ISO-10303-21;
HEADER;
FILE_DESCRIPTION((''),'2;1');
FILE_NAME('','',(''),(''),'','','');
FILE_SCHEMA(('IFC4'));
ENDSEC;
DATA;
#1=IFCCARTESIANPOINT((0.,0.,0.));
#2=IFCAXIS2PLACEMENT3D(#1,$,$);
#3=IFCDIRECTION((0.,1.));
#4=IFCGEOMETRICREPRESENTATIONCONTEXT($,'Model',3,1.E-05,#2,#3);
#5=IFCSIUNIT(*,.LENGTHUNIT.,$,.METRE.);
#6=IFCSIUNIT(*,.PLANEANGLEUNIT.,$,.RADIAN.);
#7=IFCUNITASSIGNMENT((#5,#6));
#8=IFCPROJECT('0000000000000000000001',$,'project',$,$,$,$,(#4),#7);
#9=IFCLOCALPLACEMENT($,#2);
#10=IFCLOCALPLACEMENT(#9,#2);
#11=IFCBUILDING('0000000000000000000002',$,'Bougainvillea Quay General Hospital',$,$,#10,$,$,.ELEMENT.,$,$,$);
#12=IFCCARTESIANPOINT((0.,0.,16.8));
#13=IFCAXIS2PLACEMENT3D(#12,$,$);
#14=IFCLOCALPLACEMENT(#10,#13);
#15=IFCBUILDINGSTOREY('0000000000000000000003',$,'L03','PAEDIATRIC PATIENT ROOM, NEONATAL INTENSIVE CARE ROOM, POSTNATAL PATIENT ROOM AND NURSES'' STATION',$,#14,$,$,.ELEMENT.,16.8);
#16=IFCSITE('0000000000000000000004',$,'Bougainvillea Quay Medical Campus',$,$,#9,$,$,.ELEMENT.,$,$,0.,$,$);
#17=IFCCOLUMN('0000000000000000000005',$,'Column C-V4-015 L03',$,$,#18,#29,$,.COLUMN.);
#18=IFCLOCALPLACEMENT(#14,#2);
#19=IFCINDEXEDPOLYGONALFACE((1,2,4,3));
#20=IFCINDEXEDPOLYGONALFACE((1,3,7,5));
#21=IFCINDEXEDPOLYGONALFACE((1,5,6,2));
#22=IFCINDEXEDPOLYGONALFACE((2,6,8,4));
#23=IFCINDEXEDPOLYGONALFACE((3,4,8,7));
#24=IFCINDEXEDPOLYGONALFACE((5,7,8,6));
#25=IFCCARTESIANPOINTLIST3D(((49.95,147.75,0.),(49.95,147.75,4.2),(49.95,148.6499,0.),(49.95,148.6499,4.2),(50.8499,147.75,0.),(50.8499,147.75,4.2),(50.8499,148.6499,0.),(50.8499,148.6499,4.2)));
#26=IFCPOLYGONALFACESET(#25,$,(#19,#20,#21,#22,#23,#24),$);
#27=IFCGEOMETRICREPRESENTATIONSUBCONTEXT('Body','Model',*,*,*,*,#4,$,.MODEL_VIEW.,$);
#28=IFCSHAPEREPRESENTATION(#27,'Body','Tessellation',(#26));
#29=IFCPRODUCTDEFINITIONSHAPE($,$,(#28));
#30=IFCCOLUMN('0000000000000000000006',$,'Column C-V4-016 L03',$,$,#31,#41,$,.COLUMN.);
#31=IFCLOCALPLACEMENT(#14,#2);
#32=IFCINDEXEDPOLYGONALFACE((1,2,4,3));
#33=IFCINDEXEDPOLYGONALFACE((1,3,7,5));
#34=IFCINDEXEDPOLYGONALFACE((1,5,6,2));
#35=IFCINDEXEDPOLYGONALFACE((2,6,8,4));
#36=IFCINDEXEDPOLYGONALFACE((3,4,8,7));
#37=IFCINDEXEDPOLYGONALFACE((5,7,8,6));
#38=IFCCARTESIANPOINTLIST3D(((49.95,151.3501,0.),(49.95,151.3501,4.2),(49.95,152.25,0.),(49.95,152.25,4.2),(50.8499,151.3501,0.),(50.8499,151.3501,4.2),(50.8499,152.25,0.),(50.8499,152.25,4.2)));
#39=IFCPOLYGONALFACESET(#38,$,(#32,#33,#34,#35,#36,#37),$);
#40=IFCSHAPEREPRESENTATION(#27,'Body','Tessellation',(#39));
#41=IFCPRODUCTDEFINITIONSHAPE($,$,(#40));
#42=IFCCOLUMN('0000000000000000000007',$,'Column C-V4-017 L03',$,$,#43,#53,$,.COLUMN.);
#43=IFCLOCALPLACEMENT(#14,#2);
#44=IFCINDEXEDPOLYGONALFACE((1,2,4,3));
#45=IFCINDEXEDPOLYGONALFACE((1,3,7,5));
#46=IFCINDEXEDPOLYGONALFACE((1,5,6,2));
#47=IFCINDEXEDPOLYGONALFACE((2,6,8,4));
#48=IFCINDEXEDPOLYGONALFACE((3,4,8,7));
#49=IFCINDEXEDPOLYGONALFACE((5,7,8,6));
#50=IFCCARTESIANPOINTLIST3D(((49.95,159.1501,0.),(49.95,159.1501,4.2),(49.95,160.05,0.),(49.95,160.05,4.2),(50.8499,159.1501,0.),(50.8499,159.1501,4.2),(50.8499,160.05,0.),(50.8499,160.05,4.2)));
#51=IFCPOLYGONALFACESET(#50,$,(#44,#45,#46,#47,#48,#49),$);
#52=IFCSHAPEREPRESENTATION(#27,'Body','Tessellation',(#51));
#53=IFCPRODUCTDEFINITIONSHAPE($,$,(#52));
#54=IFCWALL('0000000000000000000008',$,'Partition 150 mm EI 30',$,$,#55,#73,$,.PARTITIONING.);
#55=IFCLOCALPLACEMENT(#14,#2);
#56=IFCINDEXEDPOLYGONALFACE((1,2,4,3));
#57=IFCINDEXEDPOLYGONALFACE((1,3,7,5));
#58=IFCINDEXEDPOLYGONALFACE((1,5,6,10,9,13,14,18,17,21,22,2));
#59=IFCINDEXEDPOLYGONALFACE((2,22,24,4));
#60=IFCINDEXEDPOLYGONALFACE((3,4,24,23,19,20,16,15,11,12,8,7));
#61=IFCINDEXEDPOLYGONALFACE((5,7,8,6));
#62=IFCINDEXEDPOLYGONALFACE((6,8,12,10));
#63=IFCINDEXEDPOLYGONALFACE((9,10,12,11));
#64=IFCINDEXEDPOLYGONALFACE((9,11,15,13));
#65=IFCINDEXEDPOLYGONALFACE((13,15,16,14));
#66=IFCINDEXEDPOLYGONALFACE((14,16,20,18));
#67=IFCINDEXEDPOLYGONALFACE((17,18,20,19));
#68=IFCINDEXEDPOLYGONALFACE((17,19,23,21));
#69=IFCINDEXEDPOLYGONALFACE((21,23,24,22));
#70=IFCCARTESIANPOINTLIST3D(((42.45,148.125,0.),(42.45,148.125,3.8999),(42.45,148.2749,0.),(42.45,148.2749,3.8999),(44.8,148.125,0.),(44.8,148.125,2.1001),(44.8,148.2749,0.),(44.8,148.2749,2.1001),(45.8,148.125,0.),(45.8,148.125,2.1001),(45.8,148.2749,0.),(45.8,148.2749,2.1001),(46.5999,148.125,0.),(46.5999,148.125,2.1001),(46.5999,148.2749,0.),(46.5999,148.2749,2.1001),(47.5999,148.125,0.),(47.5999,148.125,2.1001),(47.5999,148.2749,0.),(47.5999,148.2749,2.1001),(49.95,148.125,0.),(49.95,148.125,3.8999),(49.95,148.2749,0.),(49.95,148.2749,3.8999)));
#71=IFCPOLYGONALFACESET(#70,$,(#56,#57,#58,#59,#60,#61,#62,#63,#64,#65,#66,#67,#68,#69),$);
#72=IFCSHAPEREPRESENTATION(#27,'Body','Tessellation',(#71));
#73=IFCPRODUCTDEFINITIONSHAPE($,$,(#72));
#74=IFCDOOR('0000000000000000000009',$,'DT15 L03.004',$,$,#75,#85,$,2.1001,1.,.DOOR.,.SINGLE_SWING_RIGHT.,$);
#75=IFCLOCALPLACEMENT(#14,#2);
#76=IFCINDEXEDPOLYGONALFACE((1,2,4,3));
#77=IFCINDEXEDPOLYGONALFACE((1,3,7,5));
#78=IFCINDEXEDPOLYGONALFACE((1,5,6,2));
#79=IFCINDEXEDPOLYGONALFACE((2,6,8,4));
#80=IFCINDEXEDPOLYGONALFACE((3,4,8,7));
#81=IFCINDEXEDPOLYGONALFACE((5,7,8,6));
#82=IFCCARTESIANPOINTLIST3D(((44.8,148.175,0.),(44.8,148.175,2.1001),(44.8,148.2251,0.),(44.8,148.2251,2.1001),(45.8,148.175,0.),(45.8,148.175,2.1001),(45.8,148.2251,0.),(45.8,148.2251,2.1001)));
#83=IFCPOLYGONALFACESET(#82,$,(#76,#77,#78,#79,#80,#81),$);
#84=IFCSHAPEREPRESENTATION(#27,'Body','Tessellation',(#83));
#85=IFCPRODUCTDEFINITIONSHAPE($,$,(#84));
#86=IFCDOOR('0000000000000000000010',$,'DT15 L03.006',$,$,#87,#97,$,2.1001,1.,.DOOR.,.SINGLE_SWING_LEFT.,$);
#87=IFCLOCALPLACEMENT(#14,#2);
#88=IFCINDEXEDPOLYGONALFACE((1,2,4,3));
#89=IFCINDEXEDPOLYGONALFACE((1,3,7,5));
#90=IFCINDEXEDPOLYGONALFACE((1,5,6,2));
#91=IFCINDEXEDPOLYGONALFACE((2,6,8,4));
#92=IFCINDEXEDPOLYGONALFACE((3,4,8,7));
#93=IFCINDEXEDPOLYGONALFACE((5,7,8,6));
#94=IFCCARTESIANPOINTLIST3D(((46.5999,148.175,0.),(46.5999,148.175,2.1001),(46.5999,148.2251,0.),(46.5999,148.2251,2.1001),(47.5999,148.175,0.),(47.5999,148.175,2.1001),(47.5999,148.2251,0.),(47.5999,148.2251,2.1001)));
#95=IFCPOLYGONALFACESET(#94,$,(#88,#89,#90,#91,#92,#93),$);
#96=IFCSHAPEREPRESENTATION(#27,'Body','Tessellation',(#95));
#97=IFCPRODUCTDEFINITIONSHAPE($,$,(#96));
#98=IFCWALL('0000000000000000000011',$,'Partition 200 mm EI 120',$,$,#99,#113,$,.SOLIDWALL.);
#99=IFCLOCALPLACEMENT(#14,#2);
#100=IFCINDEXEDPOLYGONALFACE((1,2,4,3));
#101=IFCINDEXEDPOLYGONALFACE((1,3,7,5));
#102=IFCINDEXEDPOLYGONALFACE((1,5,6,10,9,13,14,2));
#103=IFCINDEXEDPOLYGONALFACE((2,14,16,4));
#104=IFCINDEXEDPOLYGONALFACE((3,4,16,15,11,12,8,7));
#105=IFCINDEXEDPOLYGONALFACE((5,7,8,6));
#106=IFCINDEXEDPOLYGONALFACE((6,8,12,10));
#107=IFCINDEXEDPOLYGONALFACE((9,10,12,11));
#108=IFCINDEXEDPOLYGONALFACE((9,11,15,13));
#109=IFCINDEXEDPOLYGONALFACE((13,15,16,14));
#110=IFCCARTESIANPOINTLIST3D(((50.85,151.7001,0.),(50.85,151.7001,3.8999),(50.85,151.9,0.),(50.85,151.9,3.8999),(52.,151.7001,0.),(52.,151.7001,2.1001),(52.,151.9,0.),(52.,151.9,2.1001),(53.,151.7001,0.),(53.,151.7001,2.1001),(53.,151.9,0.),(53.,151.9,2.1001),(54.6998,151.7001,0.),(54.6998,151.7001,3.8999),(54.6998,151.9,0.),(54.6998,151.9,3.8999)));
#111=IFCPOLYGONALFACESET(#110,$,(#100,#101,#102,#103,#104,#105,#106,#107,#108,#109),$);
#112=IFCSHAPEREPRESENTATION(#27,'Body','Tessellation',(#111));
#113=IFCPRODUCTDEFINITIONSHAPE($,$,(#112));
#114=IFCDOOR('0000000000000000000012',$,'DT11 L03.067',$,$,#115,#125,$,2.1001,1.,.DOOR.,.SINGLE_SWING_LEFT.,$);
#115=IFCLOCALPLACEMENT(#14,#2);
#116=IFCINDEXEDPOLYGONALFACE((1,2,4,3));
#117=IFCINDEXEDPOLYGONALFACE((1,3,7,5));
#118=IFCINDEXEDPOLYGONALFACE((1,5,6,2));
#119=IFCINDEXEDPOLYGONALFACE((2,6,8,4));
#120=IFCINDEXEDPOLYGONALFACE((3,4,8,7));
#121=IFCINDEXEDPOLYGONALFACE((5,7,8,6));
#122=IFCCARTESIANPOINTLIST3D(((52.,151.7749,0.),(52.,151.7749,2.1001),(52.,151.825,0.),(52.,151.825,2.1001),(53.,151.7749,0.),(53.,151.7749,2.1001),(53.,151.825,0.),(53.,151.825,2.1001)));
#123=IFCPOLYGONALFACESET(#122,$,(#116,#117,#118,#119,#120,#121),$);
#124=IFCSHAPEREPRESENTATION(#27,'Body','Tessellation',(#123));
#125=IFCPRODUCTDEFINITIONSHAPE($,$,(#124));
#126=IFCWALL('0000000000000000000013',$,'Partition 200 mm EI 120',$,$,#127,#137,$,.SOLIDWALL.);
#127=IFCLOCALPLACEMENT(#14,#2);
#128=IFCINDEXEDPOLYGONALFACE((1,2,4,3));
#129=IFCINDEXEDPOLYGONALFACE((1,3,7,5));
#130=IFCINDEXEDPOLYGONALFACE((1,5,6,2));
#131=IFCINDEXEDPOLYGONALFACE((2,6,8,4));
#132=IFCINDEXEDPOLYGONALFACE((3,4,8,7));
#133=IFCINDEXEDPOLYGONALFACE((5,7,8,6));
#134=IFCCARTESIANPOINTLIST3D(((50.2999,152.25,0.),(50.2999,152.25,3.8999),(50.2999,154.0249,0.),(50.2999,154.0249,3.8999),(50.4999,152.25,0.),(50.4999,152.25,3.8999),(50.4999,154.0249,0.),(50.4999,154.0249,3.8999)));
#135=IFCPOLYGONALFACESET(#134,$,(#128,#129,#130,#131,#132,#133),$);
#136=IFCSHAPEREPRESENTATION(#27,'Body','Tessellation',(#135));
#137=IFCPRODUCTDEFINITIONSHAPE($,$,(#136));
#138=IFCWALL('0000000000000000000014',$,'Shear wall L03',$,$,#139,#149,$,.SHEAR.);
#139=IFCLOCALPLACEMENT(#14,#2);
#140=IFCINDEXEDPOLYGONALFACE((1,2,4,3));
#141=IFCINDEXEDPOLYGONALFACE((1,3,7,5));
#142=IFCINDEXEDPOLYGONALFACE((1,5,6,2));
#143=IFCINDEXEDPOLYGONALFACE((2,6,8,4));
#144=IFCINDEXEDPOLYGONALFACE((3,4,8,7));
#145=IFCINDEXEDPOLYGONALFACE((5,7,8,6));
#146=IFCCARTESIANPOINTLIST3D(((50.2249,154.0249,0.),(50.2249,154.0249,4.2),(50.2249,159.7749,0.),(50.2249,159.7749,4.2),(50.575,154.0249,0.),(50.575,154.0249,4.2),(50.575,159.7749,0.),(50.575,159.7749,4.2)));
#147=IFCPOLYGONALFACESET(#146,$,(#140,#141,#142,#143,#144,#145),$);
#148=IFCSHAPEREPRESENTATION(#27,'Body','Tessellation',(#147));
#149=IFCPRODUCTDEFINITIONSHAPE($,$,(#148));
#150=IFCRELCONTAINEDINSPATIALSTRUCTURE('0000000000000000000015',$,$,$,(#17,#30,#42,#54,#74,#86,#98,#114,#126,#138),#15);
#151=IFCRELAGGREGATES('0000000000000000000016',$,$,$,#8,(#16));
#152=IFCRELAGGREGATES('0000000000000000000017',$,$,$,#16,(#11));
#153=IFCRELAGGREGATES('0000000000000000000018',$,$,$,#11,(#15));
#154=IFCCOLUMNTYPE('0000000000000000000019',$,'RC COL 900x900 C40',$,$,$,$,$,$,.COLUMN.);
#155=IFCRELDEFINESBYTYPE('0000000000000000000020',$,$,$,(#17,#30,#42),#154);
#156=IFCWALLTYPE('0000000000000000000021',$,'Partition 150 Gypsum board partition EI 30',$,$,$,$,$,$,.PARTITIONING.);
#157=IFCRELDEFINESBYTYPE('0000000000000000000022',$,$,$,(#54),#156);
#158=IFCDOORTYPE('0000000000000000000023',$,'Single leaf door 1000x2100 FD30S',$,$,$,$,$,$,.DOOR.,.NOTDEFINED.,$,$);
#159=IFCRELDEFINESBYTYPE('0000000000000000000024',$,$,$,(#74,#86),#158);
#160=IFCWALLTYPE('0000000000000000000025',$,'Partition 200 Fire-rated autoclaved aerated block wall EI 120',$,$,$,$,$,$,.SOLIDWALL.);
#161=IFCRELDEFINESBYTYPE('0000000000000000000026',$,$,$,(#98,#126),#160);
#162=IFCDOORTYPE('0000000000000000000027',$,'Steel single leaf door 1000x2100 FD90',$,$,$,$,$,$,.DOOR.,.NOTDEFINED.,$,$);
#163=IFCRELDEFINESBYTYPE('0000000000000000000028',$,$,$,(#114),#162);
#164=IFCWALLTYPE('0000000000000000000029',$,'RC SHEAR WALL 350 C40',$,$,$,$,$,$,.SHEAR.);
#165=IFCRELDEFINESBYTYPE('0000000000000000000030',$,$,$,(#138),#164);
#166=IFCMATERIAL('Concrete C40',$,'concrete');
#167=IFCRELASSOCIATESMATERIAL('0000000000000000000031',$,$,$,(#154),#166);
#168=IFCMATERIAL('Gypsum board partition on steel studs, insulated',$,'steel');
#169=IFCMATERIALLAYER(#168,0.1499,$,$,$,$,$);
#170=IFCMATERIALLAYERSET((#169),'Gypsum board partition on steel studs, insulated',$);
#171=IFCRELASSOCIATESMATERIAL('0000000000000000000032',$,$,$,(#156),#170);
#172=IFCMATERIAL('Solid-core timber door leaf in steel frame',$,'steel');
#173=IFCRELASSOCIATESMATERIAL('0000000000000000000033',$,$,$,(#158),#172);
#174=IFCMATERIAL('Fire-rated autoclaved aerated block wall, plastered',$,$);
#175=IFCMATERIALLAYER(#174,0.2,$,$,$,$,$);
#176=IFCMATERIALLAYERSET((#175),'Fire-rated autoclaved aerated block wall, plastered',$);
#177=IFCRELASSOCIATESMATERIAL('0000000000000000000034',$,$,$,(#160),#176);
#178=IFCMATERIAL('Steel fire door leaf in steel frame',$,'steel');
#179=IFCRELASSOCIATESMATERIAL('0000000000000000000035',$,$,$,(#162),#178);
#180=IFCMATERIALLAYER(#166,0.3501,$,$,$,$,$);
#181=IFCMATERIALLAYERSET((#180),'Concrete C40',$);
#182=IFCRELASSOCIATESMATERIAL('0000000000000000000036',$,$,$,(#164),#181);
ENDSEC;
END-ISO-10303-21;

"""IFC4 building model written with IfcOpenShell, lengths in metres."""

from ifc_helpers import new_model, si_unit, direction, frame, frame_2d, origin, origin_2d, place, context, subcontext, project, spatial, rectangle, extrude, material, layer, layer_set, material_profile, profile_set, type_object, element, fill, save


model = new_model("IFC4")

# Units and contexts
model_context = context("Model", 3, precision=1e-05, world=origin(), true_north=direction((0.0, 1.0)))
body_context = subcontext(model_context, "Body", "Model", "MODEL_VIEW")
ifc_project = project(units=[si_unit("LENGTHUNIT", "METRE"), si_unit("PLANEANGLEUNIT", "RADIAN")], contexts=[model_context])

# Site, building, storey
site_placement = place(None, origin())
site = spatial("IfcSite", under=ifc_project, at=site_placement, Name="Bougainvillea Quay Medical Campus", CompositionType="ELEMENT", RefElevation=0.0)
building_placement = place(site_placement, origin())
building = spatial("IfcBuilding", under=site, at=building_placement, Name="Bougainvillea Quay General Hospital", CompositionType="ELEMENT")
storey_placement = place(building_placement, frame((0.0, 0.0, 16.8)))
storey = spatial("IfcBuildingStorey", under=building, at=storey_placement, Name="L03", Description="PAEDIATRIC PATIENT ROOM, NEONATAL INTENSIVE CARE ROOM, POSTNATAL PATIENT ROOM AND NURSES' STATION", CompositionType="ELEMENT", Elevation=16.8)

# Columns
ifc_material_1 = material(Name="Concrete C40", Category="concrete")
ifc_material_profile_1 = material_profile(ifc_material_1, rectangle(XDim=0.8999, YDim=0.8999, at=origin_2d()))
ifc_profile_set_1 = profile_set([ifc_material_profile_1], Name="Concrete C40")
column_type = type_object("IfcColumnType", Name="RC COL 900x900 C40", PredefinedType="COLUMN", material=ifc_profile_set_1)
for number, where, z_axis, x_axis, name in (
    (1, (50.3999, 148.2, 0.0), (0.0, 0.0, 1.0), (1.0, 0.0, 0.0), "Column C-V4-015 L03"),
    (2, (50.3999, 151.8, 0.0), (0.0, 0.0, 1.0), (1.0, 0.0, 0.0), "Column C-V4-016 L03"),
    (3, (50.3999, 159.6001, 0.0), (0.0, 0.0, 1.0), (1.0, 0.0, 0.0), "Column C-V4-017 L03"),
):
    element("IfcColumn", number, at=place(storey_placement, frame(where, z_axis=z_axis, x_axis=x_axis)), inside=storey, type_object=column_type, Name=name, PredefinedType="COLUMN", context=body_context, shape_type="SweptSolid", body=[
        extrude(rectangle(XDim=0.8999, YDim=0.8999, at=origin_2d()), origin(), (0.0, 0.0, 1.0), 4.2),
    ])

# Wall, openings, doors
ifc_material_2 = material(Name="Gypsum board partition on steel studs, insulated", Category="steel")
ifc_layer_1 = layer(ifc_material_2, 0.1499)
ifc_layer_set_1 = layer_set([ifc_layer_1], Name="Gypsum board partition on steel studs, insulated")
wall_type_1 = type_object("IfcWallType", Name="Partition 150 Gypsum board partition EI 30", PredefinedType="PARTITIONING", material=ifc_layer_set_1)
wall_1_placement = place(storey_placement, frame((49.95, 148.2, 0.0), z_axis=(0.0, 0.0, 1.0), x_axis=(-1.0, 0.0, 0.0)))
wall_1 = element("IfcWall", 4, at=wall_1_placement, inside=storey, type_object=wall_type_1, Name="Partition 150 mm EI 30", PredefinedType="PARTITIONING", context=body_context, shape_type="SweptSolid", body=[
    extrude(rectangle(XDim=7.5, YDim=0.1499, at=frame_2d((3.75, 0.0))), origin(), (0.0, 0.0, 1.0), 3.8999),
])
opening_1_placement = place(wall_1_placement, frame((4.1499, 0.0, 0.0)))
opening_1 = element("IfcOpeningElement", 5, at=opening_1_placement, cuts=wall_1, PredefinedType="OPENING", context=body_context, shape_type="SweptSolid", body=[
    extrude(rectangle(XDim=1.0, YDim=2.1001, at=frame_2d((0.5, 1.05))), frame((0.0, 0.085, 0.0), z_axis=(0.0, -1.0, 0.0), x_axis=(1.0, 0.0, 0.0)), (0.0, 0.0, 1.0), 0.1699),
])
opening_2_placement = place(wall_1_placement, frame((2.3501, 0.0, 0.0)))
opening_2 = element("IfcOpeningElement", 6, at=opening_2_placement, cuts=wall_1, PredefinedType="OPENING", context=body_context, shape_type="SweptSolid", body=[
    extrude(rectangle(XDim=1.0, YDim=2.1001, at=frame_2d((0.5, 1.05))), frame((0.0, 0.085, 0.0), z_axis=(0.0, -1.0, 0.0), x_axis=(1.0, 0.0, 0.0)), (0.0, 0.0, 1.0), 0.1699),
])
ifc_material_3 = material(Name="Solid-core timber door leaf in steel frame", Category="steel")
door_type_1 = type_object("IfcDoorType", Name="Single leaf door 1000x2100 FD30S", OperationType="NOTDEFINED", PredefinedType="DOOR", material=ifc_material_3)
door_1_placement = place(opening_1_placement, origin())
door_1 = element("IfcDoor", 7, at=door_1_placement, inside=storey, type_object=door_type_1, Name="DT15 L03.004", OperationType="SINGLE_SWING_RIGHT", OverallHeight=2.1001, OverallWidth=1.0, PredefinedType="DOOR", context=body_context, shape_type="SweptSolid", body=[
    extrude(rectangle(XDim=1.0, YDim=2.1001, at=frame_2d((0.5, 1.05))), frame((0.0, 0.0249, 0.0), z_axis=(0.0, -1.0, 0.0), x_axis=(1.0, 0.0, 0.0)), (0.0, 0.0, 1.0), 0.05),
])
fill(opening_1, door_1)
door_2_placement = place(opening_2_placement, origin())
door_2 = element("IfcDoor", 8, at=door_2_placement, inside=storey, type_object=door_type_1, Name="DT15 L03.006", OperationType="SINGLE_SWING_LEFT", OverallHeight=2.1001, OverallWidth=1.0, PredefinedType="DOOR", context=body_context, shape_type="SweptSolid", body=[
    extrude(rectangle(XDim=1.0, YDim=2.1001, at=frame_2d((0.5, 1.05))), frame((0.0, 0.0249, 0.0), z_axis=(0.0, -1.0, 0.0), x_axis=(1.0, 0.0, 0.0)), (0.0, 0.0, 1.0), 0.05),
])
fill(opening_2, door_2)

# Wall, opening, door
ifc_material_4 = material(Name="Fire-rated autoclaved aerated block wall, plastered")
ifc_layer_2 = layer(ifc_material_4, 0.2)
ifc_layer_set_2 = layer_set([ifc_layer_2], Name="Fire-rated autoclaved aerated block wall, plastered")
wall_type_2 = type_object("IfcWallType", Name="Partition 200 Fire-rated autoclaved aerated block wall EI 120", PredefinedType="SOLIDWALL", material=ifc_layer_set_2)
wall_2_placement = place(storey_placement, frame((50.8501, 151.8, 0.0), z_axis=(0.0, 0.0, 1.0), x_axis=(1.0, 0.0, 0.0)))
wall_2 = element("IfcWall", 9, at=wall_2_placement, inside=storey, type_object=wall_type_2, Name="Partition 200 mm EI 120", PredefinedType="SOLIDWALL", context=body_context, shape_type="SweptSolid", body=[
    extrude(rectangle(XDim=3.8499, YDim=0.2, at=frame_2d((1.9248, 0.0))), origin(), (0.0, 0.0, 1.0), 3.8999),
])
opening_3_placement = place(wall_2_placement, frame((1.1499, 0.0, 0.0)))
opening_3 = element("IfcOpeningElement", 10, at=opening_3_placement, cuts=wall_2, PredefinedType="OPENING", context=body_context, shape_type="SweptSolid", body=[
    extrude(rectangle(XDim=1.0, YDim=2.1001, at=frame_2d((0.5, 1.05))), frame((0.0, 0.1099, 0.0), z_axis=(0.0, -1.0, 0.0), x_axis=(1.0, 0.0, 0.0)), (0.0, 0.0, 1.0), 0.22),
])
ifc_material_5 = material(Name="Steel fire door leaf in steel frame", Category="steel")
door_type_2 = type_object("IfcDoorType", Name="Steel single leaf door 1000x2100 FD90", OperationType="NOTDEFINED", PredefinedType="DOOR", material=ifc_material_5)
door_3_placement = place(opening_3_placement, origin())
door_3 = element("IfcDoor", 11, at=door_3_placement, inside=storey, type_object=door_type_2, Name="DT11 L03.067", OperationType="SINGLE_SWING_LEFT", OverallHeight=2.1001, OverallWidth=1.0, PredefinedType="DOOR", context=body_context, shape_type="SweptSolid", body=[
    extrude(rectangle(XDim=1.0, YDim=2.1001, at=frame_2d((0.5, 1.05))), frame((0.0, 0.0249, 0.0), z_axis=(0.0, -1.0, 0.0), x_axis=(1.0, 0.0, 0.0)), (0.0, 0.0, 1.0), 0.05),
])
fill(opening_3, door_3)

# Walls
wall_3_placement = place(storey_placement, frame((50.3999, 152.25, 0.0), z_axis=(0.0, 0.0, 1.0), x_axis=(0.0, 1.0, 0.0)))
element("IfcWall", 12, at=wall_3_placement, inside=storey, type_object=wall_type_2, Name="Partition 200 mm EI 120", PredefinedType="SOLIDWALL", context=body_context, shape_type="SweptSolid", body=[
    extrude(rectangle(XDim=1.7749, YDim=0.2, at=frame_2d((0.8875, 0.0))), origin(), (0.0, 0.0, 1.0), 3.8999),
])
ifc_layer_3 = layer(ifc_material_1, 0.3501)
ifc_layer_set_3 = layer_set([ifc_layer_3], Name="Concrete C40")
wall_type_3 = type_object("IfcWallType", Name="RC SHEAR WALL 350 C40", PredefinedType="SHEAR", material=ifc_layer_set_3)
wall_4_placement = place(storey_placement, frame((50.3999, 154.0249, 0.0), z_axis=(0.0, 0.0, 1.0), x_axis=(0.0, 1.0, 0.0)))
element("IfcWall", 13, at=wall_4_placement, inside=storey, type_object=wall_type_3, Name="Shear wall L03", PredefinedType="SHEAR", context=body_context, shape_type="SweptSolid", body=[
    extrude(rectangle(XDim=5.75, YDim=0.3501, at=frame_2d((2.875, 0.0))), origin(), (0.0, 0.0, 1.0), 4.2),
])

save(model, "model.ifc")
